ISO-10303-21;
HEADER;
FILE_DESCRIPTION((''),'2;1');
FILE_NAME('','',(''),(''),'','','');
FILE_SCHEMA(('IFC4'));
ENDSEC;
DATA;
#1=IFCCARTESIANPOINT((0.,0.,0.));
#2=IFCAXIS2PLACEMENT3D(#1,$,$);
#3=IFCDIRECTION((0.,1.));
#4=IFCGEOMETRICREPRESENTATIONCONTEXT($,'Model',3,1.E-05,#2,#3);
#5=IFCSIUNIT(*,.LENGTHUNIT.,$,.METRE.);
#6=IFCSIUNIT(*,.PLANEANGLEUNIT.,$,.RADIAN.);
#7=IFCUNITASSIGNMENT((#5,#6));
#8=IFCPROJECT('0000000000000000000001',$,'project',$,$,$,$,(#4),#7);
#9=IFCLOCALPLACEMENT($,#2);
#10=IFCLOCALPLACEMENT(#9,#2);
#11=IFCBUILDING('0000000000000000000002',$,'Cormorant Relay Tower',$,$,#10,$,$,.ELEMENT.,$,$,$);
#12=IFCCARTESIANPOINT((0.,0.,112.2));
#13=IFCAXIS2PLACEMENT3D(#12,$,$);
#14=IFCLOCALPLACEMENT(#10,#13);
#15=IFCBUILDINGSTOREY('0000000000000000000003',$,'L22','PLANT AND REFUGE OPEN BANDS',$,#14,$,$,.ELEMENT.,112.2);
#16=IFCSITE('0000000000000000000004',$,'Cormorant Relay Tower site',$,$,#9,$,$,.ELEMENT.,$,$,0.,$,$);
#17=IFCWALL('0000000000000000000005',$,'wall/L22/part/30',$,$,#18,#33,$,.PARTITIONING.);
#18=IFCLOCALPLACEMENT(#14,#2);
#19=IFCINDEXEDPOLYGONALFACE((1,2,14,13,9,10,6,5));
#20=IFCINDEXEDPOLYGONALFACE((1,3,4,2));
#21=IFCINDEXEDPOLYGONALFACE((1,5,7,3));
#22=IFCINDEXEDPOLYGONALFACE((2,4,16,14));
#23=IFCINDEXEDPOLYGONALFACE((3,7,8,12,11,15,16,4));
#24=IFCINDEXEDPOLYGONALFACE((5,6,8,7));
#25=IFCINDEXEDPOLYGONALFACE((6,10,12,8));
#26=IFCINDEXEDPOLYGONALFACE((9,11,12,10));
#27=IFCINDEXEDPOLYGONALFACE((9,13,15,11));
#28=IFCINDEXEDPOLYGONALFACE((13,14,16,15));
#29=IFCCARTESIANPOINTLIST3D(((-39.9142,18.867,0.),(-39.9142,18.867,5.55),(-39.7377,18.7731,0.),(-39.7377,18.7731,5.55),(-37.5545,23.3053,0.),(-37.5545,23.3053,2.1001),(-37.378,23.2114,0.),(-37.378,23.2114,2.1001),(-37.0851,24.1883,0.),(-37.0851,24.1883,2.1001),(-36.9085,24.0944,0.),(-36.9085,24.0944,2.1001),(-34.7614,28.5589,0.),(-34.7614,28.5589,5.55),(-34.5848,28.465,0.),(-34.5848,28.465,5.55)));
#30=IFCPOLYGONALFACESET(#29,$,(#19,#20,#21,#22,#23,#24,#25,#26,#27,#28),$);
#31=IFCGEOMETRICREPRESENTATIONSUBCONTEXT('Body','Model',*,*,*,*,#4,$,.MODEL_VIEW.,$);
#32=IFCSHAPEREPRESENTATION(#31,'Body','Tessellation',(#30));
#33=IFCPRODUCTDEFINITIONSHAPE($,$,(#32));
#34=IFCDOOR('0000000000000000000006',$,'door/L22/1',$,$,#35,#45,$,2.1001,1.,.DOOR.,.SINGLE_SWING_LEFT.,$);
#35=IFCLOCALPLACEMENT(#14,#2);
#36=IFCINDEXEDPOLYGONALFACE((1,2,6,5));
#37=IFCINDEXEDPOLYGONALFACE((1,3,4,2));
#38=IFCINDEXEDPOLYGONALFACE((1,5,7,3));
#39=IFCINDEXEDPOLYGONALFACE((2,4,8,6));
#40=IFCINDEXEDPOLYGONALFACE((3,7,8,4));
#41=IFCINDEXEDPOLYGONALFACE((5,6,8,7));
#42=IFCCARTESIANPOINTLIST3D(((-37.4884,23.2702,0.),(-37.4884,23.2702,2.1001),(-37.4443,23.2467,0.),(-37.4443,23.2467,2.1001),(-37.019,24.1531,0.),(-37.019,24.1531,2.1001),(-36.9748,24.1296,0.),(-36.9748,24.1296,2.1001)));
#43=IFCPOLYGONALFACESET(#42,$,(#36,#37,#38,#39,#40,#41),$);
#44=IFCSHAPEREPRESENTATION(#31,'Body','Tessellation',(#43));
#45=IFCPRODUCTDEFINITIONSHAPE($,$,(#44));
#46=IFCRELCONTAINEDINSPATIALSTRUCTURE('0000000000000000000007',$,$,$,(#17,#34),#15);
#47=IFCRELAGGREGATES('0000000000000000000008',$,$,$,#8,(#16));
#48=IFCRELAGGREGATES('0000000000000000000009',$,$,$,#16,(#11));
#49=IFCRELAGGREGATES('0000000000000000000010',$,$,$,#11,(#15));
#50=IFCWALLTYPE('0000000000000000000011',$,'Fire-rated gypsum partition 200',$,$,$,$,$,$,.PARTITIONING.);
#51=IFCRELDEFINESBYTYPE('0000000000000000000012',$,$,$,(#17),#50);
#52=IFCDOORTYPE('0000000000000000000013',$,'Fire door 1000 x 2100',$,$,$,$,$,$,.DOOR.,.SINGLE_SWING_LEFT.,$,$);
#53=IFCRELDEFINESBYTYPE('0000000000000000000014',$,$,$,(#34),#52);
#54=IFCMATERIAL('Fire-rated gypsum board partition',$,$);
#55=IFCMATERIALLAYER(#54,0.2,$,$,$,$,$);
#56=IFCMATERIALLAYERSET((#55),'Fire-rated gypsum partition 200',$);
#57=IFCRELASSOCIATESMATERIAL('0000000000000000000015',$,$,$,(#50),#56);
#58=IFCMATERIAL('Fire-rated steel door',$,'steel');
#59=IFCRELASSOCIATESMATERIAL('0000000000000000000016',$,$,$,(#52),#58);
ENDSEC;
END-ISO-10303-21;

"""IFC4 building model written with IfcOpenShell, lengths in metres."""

from ifc_helpers import new_model, si_unit, direction, frame, frame_2d, origin, place, context, subcontext, project, spatial, rectangle, extrude, material, layer, layer_set, type_object, element, fill, save


model = new_model("IFC4")

# Units and contexts
model_context = context("Model", 3, precision=1e-05, world=origin(), true_north=direction((0.0, 1.0)))
body_context = subcontext(model_context, "Body", "Model", "MODEL_VIEW")
ifc_project = project(units=[si_unit("LENGTHUNIT", "METRE"), si_unit("PLANEANGLEUNIT", "RADIAN")], contexts=[model_context])

# Site, building, storey
site_placement = place(None, origin())
site = spatial("IfcSite", under=ifc_project, at=site_placement, Name="Cormorant Relay Tower site", CompositionType="ELEMENT", RefElevation=0.0)
building_placement = place(site_placement, origin())
building = spatial("IfcBuilding", under=site, at=building_placement, Name="Cormorant Relay Tower", CompositionType="ELEMENT")
storey_placement = place(building_placement, frame((0.0, 0.0, 112.2)))
storey = spatial("IfcBuildingStorey", under=building, at=storey_placement, Name="L22", Description="PLANT AND REFUGE OPEN BANDS", CompositionType="ELEMENT", Elevation=112.2)

# Shared definitions
ifc_material_1 = material(Name="Fire-rated gypsum board partition")
ifc_layer_1 = layer(ifc_material_1, 0.2)
ifc_layer_set_1 = layer_set([ifc_layer_1], Name="Fire-rated gypsum partition 200")
wall_type_1 = type_object("IfcWallType", Name="Fire-rated gypsum partition 200", PredefinedType="PARTITIONING", material=ifc_layer_set_1)

# Wall, opening, door
wall_1_placement = place(storey_placement, frame((-34.6731, 28.512, 0.0), z_axis=(0.0, 0.0, 1.0), x_axis=(-0.46944, -0.882964, 0.0)))
wall_1 = element("IfcWall", 1, at=wall_1_placement, inside=storey, type_object=wall_type_1, Name="wall/L22/part/30", PredefinedType="PARTITIONING", context=body_context, shape_type="SweptSolid", body=[
    extrude(rectangle(XDim=10.9766, YDim=0.2, at=frame_2d((5.4883, 0.0))), origin(), (0.0, 0.0, 1.0), 5.55),
])
opening_1_placement = place(wall_1_placement, frame((4.95, 0.0, 0.0)))
opening_1 = element("IfcOpeningElement", 2, at=opening_1_placement, cuts=wall_1, PredefinedType="OPENING", context=body_context, shape_type="SweptSolid", body=[
    extrude(rectangle(XDim=1.0, YDim=2.1001, at=frame_2d((0.5, 1.05))), frame((0.0, 0.1099, 0.0), z_axis=(0.0, -1.0, 0.0), x_axis=(1.0, 0.0, 0.0)), (0.0, 0.0, 1.0), 0.22),
])
ifc_material_2 = material(Name="Fire-rated steel door", Category="steel")
door_type_1 = type_object("IfcDoorType", Name="Fire door 1000 x 2100", OperationType="SINGLE_SWING_LEFT", PredefinedType="DOOR", material=ifc_material_2)
door_1_placement = place(opening_1_placement, origin())
door_1 = element("IfcDoor", 3, at=door_1_placement, inside=storey, type_object=door_type_1, Name="door/L22/1", OperationType="SINGLE_SWING_LEFT", OverallHeight=2.1001, OverallWidth=1.0, PredefinedType="DOOR", context=body_context, shape_type="SweptSolid", body=[
    extrude(rectangle(XDim=1.0, YDim=2.1001, at=frame_2d((0.5, 1.05))), frame((0.0, 0.0249, 0.0), z_axis=(0.0, -1.0, 0.0), x_axis=(1.0, 0.0, 0.0)), (0.0, 0.0, 1.0), 0.05),
])
fill(opening_1, door_1)

save(model, "model.ifc")
